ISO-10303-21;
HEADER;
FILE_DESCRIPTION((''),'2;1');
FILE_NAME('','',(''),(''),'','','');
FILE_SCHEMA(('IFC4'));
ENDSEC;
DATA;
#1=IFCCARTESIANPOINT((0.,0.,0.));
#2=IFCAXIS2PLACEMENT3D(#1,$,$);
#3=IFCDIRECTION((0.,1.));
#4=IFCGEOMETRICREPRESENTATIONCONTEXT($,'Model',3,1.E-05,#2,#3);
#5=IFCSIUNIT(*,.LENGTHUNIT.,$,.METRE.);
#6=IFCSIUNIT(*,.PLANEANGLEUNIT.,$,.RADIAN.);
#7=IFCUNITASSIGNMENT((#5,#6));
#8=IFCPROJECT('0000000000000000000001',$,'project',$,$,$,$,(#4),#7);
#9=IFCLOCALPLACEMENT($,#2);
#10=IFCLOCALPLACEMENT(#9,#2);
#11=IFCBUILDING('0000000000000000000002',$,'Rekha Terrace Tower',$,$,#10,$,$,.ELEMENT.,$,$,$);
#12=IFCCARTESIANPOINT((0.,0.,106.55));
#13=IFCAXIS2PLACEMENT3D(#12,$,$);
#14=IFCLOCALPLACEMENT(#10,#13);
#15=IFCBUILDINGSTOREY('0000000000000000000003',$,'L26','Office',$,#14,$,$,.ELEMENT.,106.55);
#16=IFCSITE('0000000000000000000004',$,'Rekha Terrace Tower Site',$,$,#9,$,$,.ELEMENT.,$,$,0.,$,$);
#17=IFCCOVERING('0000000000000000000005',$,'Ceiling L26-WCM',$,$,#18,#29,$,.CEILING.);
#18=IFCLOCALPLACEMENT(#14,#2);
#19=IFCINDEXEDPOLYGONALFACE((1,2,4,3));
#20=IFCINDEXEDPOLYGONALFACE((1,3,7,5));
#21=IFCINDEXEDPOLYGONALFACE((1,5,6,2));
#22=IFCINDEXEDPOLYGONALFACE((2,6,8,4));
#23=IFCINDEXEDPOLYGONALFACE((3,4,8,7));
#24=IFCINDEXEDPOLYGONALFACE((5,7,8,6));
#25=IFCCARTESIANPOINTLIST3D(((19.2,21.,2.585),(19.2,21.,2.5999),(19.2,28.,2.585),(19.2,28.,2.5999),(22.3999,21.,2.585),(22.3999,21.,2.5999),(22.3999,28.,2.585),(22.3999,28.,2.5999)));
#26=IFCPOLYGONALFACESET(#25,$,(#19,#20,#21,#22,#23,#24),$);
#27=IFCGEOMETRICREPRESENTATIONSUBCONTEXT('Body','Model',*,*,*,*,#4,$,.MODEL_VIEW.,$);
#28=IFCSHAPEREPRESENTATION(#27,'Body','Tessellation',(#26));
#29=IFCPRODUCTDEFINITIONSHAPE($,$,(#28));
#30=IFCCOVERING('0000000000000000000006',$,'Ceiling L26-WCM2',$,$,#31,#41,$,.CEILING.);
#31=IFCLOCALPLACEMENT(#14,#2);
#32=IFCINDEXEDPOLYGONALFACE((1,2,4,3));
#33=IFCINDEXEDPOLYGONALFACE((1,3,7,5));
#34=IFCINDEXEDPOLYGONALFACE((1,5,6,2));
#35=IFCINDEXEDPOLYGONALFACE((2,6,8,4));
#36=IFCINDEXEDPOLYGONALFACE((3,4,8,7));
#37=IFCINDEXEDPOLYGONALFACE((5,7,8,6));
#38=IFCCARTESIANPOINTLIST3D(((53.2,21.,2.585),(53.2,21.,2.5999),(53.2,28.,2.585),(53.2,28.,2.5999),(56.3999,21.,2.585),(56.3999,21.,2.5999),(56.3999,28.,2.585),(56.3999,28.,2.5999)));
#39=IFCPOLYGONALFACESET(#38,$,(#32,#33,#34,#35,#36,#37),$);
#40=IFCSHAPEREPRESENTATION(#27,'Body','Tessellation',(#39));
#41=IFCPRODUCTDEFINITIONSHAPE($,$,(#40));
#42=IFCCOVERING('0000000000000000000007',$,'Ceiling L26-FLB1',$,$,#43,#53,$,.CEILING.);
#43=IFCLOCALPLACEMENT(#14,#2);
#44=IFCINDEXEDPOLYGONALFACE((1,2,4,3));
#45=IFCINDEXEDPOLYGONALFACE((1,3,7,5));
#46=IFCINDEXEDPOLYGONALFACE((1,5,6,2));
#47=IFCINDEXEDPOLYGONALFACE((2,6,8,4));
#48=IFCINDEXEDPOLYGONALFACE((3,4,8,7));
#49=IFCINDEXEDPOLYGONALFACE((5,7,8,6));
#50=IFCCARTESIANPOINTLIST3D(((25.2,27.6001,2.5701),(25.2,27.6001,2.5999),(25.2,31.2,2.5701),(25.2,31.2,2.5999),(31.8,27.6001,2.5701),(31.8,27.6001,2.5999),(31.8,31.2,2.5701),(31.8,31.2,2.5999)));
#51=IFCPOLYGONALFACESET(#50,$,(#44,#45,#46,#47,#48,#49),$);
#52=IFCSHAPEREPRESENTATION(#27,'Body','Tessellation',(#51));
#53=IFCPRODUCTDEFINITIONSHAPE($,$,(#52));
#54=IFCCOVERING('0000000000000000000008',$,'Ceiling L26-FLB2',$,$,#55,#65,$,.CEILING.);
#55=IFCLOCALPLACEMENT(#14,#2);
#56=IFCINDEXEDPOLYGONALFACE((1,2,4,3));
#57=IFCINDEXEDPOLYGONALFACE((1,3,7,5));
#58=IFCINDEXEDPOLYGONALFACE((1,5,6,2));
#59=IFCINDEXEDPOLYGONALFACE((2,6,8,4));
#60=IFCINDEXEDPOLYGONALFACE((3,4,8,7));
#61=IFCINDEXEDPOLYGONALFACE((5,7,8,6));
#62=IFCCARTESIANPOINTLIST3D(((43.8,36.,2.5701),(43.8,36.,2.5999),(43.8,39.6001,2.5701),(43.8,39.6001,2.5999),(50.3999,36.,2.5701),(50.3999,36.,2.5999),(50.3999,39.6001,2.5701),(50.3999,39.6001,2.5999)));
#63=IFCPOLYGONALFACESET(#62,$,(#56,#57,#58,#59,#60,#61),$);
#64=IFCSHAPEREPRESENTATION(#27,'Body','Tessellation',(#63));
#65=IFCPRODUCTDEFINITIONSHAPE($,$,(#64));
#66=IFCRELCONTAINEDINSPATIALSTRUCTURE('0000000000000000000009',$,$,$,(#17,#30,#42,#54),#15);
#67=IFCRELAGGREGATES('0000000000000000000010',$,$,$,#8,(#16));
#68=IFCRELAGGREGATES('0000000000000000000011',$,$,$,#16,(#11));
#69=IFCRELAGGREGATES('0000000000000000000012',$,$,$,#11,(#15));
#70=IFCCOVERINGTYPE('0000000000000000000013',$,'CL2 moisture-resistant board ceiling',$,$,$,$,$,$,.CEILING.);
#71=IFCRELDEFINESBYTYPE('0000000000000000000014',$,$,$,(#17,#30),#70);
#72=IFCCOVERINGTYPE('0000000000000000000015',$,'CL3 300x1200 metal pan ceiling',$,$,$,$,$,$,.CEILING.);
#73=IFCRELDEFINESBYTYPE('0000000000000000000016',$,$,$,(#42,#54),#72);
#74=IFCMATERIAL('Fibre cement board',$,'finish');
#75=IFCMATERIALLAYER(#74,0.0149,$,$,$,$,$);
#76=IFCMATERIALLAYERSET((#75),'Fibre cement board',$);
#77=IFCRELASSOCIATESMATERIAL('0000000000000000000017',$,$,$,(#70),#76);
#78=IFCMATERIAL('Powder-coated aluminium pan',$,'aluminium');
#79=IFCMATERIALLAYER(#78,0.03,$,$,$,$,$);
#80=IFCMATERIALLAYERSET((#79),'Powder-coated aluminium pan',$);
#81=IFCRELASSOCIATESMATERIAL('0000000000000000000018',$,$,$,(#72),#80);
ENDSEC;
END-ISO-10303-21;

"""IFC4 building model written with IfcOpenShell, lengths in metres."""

from ifc_helpers import new_model, si_unit, direction, frame, origin, place, context, subcontext, project, spatial, polyline, outline, extrude, material, layer, layer_set, type_object, element, save


model = new_model("IFC4")

# Units and contexts
model_context = context("Model", 3, precision=1e-05, world=origin(), true_north=direction((0.0, 1.0)))
body_context = subcontext(model_context, "Body", "Model", "MODEL_VIEW")
ifc_project = project(units=[si_unit("LENGTHUNIT", "METRE"), si_unit("PLANEANGLEUNIT", "RADIAN")], contexts=[model_context])

# Site, building, storey
site_placement = place(None, origin())
site = spatial("IfcSite", under=ifc_project, at=site_placement, Name="Rekha Terrace Tower Site", CompositionType="ELEMENT", RefElevation=0.0)
building_placement = place(site_placement, origin())
building = spatial("IfcBuilding", under=site, at=building_placement, Name="Rekha Terrace Tower", CompositionType="ELEMENT")
storey_placement = place(building_placement, frame((0.0, 0.0, 106.55)))
storey = spatial("IfcBuildingStorey", under=building, at=storey_placement, Name="L26", Description="Office", CompositionType="ELEMENT", Elevation=106.55)

# Coverings
ifc_material_1 = material(Name="Fibre cement board", Category="finish")
ifc_layer_1 = layer(ifc_material_1, 0.0149)
ifc_layer_set_1 = layer_set([ifc_layer_1], Name="Fibre cement board")
covering_type_1 = type_object("IfcCoveringType", Name="CL2 moisture-resistant board ceiling", PredefinedType="CEILING", material=ifc_layer_set_1)
covering_1_placement = place(storey_placement, frame((0.0, 0.0, 2.585)))
element("IfcCovering", 1, at=covering_1_placement, inside=storey, type_object=covering_type_1, Name="Ceiling L26-WCM", PredefinedType="CEILING", context=body_context, shape_type="SweptSolid", body=[
    extrude(outline(polyline([(22.3999, 28.0), (19.2, 28.0), (19.2, 21.0), (22.3999, 21.0), (22.3999, 28.0)])), origin(), (0.0, 0.0, 1.0), 0.0149),
])
covering_2_placement = place(storey_placement, frame((0.0, 0.0, 2.585)))
element("IfcCovering", 2, at=covering_2_placement, inside=storey, type_object=covering_type_1, Name="Ceiling L26-WCM2", PredefinedType="CEILING", context=body_context, shape_type="SweptSolid", body=[
    extrude(outline(polyline([(56.3999, 28.0), (53.2, 28.0), (53.2, 21.0), (56.3999, 21.0), (56.3999, 28.0)])), origin(), (0.0, 0.0, 1.0), 0.0149),
])
ifc_material_2 = material(Name="Powder-coated aluminium pan", Category="aluminium")
ifc_layer_2 = layer(ifc_material_2, 0.03)
ifc_layer_set_2 = layer_set([ifc_layer_2], Name="Powder-coated aluminium pan")
covering_type_2 = type_object("IfcCoveringType", Name="CL3 300x1200 metal pan ceiling", PredefinedType="CEILING", material=ifc_layer_set_2)
covering_3_placement = place(storey_placement, frame((0.0, 0.0, 2.5701)))
element("IfcCovering", 3, at=covering_3_placement, inside=storey, type_object=covering_type_2, Name="Ceiling L26-FLB1", PredefinedType="CEILING", context=body_context, shape_type="SweptSolid", body=[
    extrude(outline(polyline([(31.8, 31.2), (25.2, 31.2), (25.2, 27.6001), (31.8, 27.6001), (31.8, 31.2)])), origin(), (0.0, 0.0, 1.0), 0.0298),
])
covering_4_placement = place(storey_placement, frame((0.0, 0.0, 2.5701)))
element("IfcCovering", 4, at=covering_4_placement, inside=storey, type_object=covering_type_2, Name="Ceiling L26-FLB2", PredefinedType="CEILING", context=body_context, shape_type="SweptSolid", body=[
    extrude(outline(polyline([(50.3999, 39.6001), (43.8, 39.6001), (43.8, 36.0), (50.3999, 36.0), (50.3999, 39.6001)])), origin(), (0.0, 0.0, 1.0), 0.0298),
])

save(model, "model.ifc")
